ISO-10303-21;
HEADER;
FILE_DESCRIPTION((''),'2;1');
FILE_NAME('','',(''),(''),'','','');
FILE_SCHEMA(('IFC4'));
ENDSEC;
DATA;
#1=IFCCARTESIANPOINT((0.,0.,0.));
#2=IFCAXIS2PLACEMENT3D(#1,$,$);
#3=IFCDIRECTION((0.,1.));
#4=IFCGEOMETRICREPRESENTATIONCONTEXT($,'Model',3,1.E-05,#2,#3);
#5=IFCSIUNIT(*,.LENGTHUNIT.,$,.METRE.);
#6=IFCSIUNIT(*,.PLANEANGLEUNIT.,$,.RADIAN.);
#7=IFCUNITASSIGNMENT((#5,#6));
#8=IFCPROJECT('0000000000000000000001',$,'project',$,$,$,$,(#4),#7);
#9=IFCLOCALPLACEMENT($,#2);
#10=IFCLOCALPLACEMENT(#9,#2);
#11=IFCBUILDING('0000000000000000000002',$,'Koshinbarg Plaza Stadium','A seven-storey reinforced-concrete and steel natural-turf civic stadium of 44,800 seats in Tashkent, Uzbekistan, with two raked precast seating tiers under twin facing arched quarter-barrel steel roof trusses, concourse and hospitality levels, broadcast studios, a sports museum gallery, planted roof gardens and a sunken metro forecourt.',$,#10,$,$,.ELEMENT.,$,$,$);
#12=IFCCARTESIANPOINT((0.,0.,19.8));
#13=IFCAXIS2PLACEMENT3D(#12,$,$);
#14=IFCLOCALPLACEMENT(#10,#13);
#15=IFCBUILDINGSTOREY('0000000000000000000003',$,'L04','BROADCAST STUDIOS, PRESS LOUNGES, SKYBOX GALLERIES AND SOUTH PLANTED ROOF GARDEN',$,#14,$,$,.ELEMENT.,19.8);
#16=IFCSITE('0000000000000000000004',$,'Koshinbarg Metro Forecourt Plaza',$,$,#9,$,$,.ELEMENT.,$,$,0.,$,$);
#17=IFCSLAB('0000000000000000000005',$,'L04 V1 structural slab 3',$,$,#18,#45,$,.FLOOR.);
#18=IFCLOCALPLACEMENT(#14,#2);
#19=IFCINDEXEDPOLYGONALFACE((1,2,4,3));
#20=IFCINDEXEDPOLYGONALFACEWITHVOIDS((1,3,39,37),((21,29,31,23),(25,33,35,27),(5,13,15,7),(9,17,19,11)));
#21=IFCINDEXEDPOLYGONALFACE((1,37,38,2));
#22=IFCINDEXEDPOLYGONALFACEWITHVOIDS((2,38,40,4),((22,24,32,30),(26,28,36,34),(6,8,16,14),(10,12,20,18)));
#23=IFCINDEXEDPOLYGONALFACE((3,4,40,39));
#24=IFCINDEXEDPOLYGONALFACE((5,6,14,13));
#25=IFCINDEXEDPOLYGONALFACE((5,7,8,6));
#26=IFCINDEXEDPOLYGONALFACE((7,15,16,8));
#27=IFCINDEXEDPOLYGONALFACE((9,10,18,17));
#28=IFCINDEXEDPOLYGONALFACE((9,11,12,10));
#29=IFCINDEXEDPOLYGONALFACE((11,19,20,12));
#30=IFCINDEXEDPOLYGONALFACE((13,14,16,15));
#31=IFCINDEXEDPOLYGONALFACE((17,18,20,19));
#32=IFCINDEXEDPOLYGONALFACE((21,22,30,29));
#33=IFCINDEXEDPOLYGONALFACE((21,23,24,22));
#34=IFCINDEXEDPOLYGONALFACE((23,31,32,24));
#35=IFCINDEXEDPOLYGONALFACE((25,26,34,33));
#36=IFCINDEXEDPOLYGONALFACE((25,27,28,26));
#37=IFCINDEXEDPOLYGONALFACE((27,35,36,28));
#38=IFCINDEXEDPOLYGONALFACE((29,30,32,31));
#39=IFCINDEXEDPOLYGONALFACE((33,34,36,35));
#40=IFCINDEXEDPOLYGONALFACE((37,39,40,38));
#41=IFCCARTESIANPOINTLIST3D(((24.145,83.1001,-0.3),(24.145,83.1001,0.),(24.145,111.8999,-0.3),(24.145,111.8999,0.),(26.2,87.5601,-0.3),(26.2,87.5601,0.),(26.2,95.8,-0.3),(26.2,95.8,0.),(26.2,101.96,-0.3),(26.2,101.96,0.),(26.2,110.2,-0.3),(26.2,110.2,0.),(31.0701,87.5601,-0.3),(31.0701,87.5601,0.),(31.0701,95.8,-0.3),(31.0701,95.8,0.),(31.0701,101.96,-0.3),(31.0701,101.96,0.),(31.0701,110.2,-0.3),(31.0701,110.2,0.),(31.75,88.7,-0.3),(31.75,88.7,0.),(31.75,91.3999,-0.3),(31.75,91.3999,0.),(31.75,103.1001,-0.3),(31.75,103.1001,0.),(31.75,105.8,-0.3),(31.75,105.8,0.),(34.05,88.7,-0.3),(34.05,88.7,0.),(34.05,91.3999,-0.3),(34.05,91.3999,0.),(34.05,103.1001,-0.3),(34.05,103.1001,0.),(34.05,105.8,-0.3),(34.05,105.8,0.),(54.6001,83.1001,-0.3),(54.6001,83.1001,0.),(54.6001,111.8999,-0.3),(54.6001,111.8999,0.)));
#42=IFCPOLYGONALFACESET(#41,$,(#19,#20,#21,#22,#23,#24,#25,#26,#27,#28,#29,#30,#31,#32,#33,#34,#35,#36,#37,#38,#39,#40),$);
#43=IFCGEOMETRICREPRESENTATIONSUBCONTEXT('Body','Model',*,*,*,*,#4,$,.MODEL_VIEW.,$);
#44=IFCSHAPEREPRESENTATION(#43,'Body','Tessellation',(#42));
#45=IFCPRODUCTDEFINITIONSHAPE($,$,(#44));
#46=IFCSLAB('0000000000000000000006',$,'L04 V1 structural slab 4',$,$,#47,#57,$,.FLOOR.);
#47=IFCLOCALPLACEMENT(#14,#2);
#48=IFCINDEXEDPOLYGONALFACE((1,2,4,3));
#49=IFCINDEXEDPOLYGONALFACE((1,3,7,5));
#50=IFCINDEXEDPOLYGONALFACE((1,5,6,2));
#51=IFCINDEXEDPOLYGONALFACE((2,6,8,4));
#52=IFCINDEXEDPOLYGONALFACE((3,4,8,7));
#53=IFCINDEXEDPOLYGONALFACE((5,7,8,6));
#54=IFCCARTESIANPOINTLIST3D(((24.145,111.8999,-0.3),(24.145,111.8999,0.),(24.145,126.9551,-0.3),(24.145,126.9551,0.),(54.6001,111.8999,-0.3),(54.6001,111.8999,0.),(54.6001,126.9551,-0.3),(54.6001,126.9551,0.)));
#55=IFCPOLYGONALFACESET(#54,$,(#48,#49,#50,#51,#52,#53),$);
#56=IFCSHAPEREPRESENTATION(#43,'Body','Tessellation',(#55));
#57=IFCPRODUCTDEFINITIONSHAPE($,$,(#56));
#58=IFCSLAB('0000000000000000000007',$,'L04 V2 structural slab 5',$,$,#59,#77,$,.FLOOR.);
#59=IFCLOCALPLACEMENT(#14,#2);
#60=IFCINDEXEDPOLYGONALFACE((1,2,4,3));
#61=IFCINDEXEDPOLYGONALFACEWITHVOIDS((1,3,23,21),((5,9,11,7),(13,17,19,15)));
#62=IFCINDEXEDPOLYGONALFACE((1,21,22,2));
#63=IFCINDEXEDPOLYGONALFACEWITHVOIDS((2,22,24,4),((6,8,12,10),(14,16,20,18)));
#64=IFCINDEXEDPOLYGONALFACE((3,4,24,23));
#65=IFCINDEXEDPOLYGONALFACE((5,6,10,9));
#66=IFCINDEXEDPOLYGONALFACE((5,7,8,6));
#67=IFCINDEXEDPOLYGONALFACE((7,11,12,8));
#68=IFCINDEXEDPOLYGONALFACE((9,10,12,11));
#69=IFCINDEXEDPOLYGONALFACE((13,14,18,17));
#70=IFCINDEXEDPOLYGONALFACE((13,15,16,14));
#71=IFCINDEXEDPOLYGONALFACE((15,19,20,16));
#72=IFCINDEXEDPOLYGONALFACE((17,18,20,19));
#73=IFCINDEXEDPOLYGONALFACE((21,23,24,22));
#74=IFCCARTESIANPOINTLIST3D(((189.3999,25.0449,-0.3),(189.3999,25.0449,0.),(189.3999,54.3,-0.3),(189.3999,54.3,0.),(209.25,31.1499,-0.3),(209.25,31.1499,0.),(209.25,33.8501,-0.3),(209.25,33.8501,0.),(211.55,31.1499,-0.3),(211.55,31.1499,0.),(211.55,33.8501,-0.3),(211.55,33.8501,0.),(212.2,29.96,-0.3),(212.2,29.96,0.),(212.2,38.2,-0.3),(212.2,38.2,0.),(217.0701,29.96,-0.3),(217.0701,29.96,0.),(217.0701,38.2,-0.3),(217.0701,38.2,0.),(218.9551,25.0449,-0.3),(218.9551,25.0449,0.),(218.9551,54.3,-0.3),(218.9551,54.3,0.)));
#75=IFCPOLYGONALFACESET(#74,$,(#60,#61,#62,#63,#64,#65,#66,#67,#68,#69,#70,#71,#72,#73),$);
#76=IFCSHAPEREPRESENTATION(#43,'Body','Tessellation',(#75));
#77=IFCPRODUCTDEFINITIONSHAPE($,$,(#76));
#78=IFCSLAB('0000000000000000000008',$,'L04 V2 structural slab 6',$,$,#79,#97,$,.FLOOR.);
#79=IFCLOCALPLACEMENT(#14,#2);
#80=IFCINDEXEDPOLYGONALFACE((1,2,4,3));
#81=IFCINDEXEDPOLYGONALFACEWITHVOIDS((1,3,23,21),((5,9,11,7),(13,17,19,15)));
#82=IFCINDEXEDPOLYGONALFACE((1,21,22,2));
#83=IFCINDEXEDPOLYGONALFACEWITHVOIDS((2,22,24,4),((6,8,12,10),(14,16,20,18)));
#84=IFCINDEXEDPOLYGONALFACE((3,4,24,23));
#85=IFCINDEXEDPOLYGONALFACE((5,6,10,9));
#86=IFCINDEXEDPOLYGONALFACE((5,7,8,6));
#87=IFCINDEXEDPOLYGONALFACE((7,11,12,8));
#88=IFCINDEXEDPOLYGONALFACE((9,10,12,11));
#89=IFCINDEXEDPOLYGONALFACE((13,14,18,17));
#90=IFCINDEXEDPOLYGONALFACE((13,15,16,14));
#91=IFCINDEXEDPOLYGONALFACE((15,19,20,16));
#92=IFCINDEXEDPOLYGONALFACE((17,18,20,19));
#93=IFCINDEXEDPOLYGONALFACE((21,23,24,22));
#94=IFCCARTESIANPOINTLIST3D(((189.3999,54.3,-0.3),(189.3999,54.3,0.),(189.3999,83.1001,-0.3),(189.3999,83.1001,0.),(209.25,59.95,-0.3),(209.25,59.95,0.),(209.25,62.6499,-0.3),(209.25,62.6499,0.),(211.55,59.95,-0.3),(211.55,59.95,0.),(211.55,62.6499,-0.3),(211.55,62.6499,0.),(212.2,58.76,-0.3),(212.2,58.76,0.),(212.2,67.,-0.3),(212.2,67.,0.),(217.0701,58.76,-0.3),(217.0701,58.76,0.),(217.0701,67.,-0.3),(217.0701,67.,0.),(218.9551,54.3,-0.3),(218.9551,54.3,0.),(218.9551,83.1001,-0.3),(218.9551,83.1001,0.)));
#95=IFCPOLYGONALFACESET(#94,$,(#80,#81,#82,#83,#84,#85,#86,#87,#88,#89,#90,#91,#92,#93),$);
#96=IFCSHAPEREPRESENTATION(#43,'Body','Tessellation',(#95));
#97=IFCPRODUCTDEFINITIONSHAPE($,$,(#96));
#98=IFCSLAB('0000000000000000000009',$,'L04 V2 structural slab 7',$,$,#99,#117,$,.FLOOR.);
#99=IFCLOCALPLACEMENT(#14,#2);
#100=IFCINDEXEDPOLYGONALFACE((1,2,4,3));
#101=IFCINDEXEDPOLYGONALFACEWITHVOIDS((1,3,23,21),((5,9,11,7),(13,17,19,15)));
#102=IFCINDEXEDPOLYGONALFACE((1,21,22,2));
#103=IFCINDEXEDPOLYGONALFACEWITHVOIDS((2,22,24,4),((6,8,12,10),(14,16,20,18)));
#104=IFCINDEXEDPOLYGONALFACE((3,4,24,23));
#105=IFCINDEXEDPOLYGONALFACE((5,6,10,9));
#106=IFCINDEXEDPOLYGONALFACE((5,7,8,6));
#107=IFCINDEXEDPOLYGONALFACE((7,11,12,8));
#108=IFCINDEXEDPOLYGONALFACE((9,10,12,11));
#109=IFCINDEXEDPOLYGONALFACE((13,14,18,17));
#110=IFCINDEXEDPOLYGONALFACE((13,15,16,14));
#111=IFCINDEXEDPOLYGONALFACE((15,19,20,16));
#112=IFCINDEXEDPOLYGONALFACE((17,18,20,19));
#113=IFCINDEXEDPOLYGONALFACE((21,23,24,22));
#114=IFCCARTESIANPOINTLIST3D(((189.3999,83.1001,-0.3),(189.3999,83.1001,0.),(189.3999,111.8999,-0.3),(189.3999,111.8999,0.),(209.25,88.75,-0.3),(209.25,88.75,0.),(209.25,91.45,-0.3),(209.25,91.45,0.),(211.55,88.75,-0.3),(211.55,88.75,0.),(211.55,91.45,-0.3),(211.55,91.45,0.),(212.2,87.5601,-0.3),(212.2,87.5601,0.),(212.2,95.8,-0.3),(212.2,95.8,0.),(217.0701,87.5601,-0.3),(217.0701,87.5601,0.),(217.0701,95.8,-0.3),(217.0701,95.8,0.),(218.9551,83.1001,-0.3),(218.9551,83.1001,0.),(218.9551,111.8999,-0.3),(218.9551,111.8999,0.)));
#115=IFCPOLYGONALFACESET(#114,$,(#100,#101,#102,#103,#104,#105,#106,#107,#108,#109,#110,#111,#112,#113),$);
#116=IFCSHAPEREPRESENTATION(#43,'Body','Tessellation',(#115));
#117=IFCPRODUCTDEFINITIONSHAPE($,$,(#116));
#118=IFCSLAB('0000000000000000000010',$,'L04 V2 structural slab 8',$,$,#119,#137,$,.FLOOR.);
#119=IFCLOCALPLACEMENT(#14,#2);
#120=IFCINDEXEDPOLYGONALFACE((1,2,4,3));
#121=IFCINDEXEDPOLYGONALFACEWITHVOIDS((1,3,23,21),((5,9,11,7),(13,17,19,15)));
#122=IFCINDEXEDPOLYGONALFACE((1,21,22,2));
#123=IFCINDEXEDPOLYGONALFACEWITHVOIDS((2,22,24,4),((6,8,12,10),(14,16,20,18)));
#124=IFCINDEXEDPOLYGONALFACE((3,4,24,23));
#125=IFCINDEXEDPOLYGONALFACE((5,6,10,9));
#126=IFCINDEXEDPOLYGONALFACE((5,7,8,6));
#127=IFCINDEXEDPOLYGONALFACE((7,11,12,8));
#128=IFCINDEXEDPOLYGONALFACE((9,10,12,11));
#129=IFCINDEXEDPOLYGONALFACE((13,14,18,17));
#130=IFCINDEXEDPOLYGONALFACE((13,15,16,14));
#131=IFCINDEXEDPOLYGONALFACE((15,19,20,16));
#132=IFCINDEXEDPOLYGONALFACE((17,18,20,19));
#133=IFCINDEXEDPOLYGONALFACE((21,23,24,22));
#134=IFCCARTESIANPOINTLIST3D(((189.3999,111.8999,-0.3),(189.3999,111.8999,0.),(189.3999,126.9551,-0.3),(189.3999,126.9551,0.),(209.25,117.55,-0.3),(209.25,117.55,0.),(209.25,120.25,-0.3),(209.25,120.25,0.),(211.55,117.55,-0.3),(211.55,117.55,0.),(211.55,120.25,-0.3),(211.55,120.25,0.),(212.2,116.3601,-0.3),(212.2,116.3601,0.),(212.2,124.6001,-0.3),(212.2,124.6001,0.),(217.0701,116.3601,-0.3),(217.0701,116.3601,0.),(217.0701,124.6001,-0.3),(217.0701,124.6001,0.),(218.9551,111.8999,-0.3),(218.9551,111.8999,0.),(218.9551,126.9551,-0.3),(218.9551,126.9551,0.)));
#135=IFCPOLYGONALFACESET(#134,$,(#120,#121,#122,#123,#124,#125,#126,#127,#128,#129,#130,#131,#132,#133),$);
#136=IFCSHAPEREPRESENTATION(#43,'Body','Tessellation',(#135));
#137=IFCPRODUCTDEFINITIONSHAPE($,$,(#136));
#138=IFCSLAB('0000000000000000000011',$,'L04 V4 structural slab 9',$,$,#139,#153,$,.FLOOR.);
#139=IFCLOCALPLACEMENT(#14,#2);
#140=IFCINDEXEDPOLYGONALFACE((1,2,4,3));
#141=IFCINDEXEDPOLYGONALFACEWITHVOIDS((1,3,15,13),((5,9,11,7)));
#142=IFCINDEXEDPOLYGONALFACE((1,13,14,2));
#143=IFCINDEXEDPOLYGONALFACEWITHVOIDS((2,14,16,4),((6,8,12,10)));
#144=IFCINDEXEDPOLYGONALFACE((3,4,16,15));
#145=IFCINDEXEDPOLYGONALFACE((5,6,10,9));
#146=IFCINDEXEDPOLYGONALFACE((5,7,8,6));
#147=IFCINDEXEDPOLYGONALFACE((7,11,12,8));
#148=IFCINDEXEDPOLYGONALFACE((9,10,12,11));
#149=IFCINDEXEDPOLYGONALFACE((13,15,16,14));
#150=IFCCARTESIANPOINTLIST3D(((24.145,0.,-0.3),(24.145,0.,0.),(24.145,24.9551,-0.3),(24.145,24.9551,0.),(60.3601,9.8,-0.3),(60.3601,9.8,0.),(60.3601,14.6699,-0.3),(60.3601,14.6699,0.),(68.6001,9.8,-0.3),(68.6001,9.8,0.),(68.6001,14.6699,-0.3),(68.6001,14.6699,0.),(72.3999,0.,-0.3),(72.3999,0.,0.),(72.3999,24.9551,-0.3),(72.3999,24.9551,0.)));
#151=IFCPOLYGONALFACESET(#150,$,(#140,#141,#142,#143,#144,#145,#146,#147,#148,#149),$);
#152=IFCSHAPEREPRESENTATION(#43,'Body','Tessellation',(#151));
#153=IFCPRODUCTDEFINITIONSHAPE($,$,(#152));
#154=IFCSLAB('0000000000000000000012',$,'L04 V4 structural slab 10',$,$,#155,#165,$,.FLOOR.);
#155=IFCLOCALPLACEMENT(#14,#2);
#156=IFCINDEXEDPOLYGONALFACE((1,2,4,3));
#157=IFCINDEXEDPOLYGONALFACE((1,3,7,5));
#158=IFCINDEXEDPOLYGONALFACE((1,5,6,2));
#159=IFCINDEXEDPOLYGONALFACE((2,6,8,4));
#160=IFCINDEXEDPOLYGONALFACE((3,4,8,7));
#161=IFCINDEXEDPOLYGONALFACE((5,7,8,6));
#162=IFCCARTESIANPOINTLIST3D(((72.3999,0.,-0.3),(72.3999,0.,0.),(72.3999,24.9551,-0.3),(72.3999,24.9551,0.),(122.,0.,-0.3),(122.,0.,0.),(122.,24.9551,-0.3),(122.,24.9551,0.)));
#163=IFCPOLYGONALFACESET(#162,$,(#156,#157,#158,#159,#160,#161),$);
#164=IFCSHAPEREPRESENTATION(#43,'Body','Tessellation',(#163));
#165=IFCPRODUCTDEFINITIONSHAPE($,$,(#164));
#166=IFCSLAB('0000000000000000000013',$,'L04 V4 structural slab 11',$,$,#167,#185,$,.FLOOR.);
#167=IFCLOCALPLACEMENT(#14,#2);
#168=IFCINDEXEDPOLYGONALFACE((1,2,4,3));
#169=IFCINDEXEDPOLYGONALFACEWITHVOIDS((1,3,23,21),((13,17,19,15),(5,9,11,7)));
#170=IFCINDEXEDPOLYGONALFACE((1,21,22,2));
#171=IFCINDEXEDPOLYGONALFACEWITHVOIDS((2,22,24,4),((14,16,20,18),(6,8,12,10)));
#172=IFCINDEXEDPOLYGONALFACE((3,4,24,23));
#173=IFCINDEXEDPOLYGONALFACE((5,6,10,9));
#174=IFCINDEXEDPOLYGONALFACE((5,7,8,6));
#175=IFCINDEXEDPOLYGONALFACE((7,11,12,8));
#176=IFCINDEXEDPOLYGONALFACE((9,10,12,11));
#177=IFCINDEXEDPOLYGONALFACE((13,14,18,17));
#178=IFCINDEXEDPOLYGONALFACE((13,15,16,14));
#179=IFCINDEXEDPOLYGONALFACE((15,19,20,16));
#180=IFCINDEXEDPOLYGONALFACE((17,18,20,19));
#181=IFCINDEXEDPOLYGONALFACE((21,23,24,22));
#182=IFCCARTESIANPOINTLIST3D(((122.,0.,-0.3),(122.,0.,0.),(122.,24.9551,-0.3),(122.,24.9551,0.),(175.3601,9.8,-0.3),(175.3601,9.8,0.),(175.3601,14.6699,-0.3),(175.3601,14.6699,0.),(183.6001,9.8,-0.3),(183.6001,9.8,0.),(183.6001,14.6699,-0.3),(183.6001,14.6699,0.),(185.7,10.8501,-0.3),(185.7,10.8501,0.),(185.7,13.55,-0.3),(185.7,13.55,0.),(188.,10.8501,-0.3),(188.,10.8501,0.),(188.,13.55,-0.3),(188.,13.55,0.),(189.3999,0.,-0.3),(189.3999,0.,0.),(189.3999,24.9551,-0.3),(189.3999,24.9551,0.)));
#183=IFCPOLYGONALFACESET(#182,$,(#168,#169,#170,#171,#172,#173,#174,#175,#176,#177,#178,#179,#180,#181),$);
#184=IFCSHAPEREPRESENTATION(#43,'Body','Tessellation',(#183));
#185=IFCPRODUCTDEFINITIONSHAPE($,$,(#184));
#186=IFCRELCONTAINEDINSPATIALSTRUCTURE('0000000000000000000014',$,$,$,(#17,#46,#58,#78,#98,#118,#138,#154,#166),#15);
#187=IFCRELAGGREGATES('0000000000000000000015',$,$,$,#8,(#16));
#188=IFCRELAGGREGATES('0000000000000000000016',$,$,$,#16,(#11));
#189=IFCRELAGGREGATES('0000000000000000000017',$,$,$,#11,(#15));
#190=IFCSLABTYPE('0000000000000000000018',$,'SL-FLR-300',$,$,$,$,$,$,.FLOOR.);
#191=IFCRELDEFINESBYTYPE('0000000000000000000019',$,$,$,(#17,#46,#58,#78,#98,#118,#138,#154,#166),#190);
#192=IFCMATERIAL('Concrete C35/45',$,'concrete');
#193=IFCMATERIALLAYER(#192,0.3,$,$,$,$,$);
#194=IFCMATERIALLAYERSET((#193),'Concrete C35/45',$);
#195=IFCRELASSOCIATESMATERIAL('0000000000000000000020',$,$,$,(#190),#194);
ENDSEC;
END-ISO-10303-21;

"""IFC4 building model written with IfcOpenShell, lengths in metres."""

from ifc_helpers import new_model, si_unit, direction, frame, origin, place, context, subcontext, project, spatial, polyline, outline, extrude, material, layer, layer_set, type_object, element, save


model = new_model("IFC4")

# Units and contexts
model_context = context("Model", 3, precision=1e-05, world=origin(), true_north=direction((0.0, 1.0)))
body_context = subcontext(model_context, "Body", "Model", "MODEL_VIEW")
ifc_project = project(units=[si_unit("LENGTHUNIT", "METRE"), si_unit("PLANEANGLEUNIT", "RADIAN")], contexts=[model_context])

# Site, building, storey
site_placement = place(None, origin())
site = spatial("IfcSite", under=ifc_project, at=site_placement, Name="Koshinbarg Metro Forecourt Plaza", CompositionType="ELEMENT", RefElevation=0.0)
building_placement = place(site_placement, origin())
building = spatial("IfcBuilding", under=site, at=building_placement, Name="Koshinbarg Plaza Stadium", Description="A seven-storey reinforced-concrete and steel natural-turf civic stadium of 44,800 seats in Tashkent, Uzbekistan, with two raked precast seating tiers under twin facing arched quarter-barrel steel roof trusses, concourse and hospitality levels, broadcast studios, a sports museum gallery, planted roof gardens and a sunken metro forecourt.", CompositionType="ELEMENT")
storey_placement = place(building_placement, frame((0.0, 0.0, 19.8)))
storey = spatial("IfcBuildingStorey", under=building, at=storey_placement, Name="L04", Description="BROADCAST STUDIOS, PRESS LOUNGES, SKYBOX GALLERIES AND SOUTH PLANTED ROOF GARDEN", CompositionType="ELEMENT", Elevation=19.8)

# Shared definitions
ifc_material_1 = material(Name="Concrete C35/45", Category="concrete")

# Slabs
ifc_layer_1 = layer(ifc_material_1, 0.3)
ifc_layer_set_1 = layer_set([ifc_layer_1], Name="Concrete C35/45")
slab_type_1 = type_object("IfcSlabType", Name="SL-FLR-300", PredefinedType="FLOOR", material=ifc_layer_set_1)
slab_1_placement = place(storey_placement, frame((0.0, 0.0, -0.3)))
element("IfcSlab", 1, at=slab_1_placement, inside=storey, type_object=slab_type_1, Name="L04 V1 structural slab 3", PredefinedType="FLOOR", context=body_context, shape_type="SweptSolid", body=[
    extrude(outline(polyline([(24.145, 83.1001), (54.6001, 83.1001), (54.6001, 111.8999), (24.145, 111.8999), (24.145, 83.1001)]), holes=[polyline([(31.0701, 87.5601), (31.0701, 95.8), (26.2, 95.8), (26.2, 87.5601), (31.0701, 87.5601)]), polyline([(31.75, 88.7), (34.05, 88.7), (34.05, 91.3999), (31.75, 91.3999), (31.75, 88.7)]), polyline([(31.0701, 101.96), (31.0701, 110.2), (26.2, 110.2), (26.2, 101.96), (31.0701, 101.96)]), polyline([(31.75, 103.1001), (34.05, 103.1001), (34.05, 105.8), (31.75, 105.8), (31.75, 103.1001)])]), origin(), (0.0, 0.0, 1.0), 0.3),
])
slab_2_placement = place(storey_placement, frame((0.0, 0.0, -0.3)))
element("IfcSlab", 2, at=slab_2_placement, inside=storey, type_object=slab_type_1, Name="L04 V1 structural slab 4", PredefinedType="FLOOR", context=body_context, shape_type="SweptSolid", body=[
    extrude(outline(polyline([(24.145, 111.8999), (54.6001, 111.8999), (54.6001, 126.9551), (24.145, 126.9551), (24.145, 111.8999)])), origin(), (0.0, 0.0, 1.0), 0.3),
])
slab_3_placement = place(storey_placement, frame((0.0, 0.0, -0.3)))
element("IfcSlab", 3, at=slab_3_placement, inside=storey, type_object=slab_type_1, Name="L04 V2 structural slab 5", PredefinedType="FLOOR", context=body_context, shape_type="SweptSolid", body=[
    extrude(outline(polyline([(189.3999, 25.0449), (218.9551, 25.0449), (218.9551, 54.3), (189.3999, 54.3), (189.3999, 25.0449)]), holes=[polyline([(217.0701, 29.96), (217.0701, 38.2), (212.2, 38.2), (212.2, 29.96), (217.0701, 29.96)]), polyline([(209.25, 31.1499), (211.55, 31.1499), (211.55, 33.8501), (209.25, 33.8501), (209.25, 31.1499)])]), origin(), (0.0, 0.0, 1.0), 0.3),
])
slab_4_placement = place(storey_placement, frame((0.0, 0.0, -0.3)))
element("IfcSlab", 4, at=slab_4_placement, inside=storey, type_object=slab_type_1, Name="L04 V2 structural slab 6", PredefinedType="FLOOR", context=body_context, shape_type="SweptSolid", body=[
    extrude(outline(polyline([(189.3999, 54.3), (218.9551, 54.3), (218.9551, 83.1001), (189.3999, 83.1001), (189.3999, 54.3)]), holes=[polyline([(217.0701, 58.76), (217.0701, 67.0), (212.2, 67.0), (212.2, 58.76), (217.0701, 58.76)]), polyline([(209.25, 59.95), (211.55, 59.95), (211.55, 62.6499), (209.25, 62.6499), (209.25, 59.95)])]), origin(), (0.0, 0.0, 1.0), 0.3),
])
slab_5_placement = place(storey_placement, frame((0.0, 0.0, -0.3)))
element("IfcSlab", 5, at=slab_5_placement, inside=storey, type_object=slab_type_1, Name="L04 V2 structural slab 7", PredefinedType="FLOOR", context=body_context, shape_type="SweptSolid", body=[
    extrude(outline(polyline([(189.3999, 83.1001), (218.9551, 83.1001), (218.9551, 111.8999), (189.3999, 111.8999), (189.3999, 83.1001)]), holes=[polyline([(217.0701, 87.5601), (217.0701, 95.8), (212.2, 95.8), (212.2, 87.5601), (217.0701, 87.5601)]), polyline([(209.25, 88.75), (211.55, 88.75), (211.55, 91.45), (209.25, 91.45), (209.25, 88.75)])]), origin(), (0.0, 0.0, 1.0), 0.3),
])
slab_6_placement = place(storey_placement, frame((0.0, 0.0, -0.3)))
element("IfcSlab", 6, at=slab_6_placement, inside=storey, type_object=slab_type_1, Name="L04 V2 structural slab 8", PredefinedType="FLOOR", context=body_context, shape_type="SweptSolid", body=[
    extrude(outline(polyline([(189.3999, 111.8999), (218.9551, 111.8999), (218.9551, 126.9551), (189.3999, 126.9551), (189.3999, 111.8999)]), holes=[polyline([(217.0701, 116.3601), (217.0701, 124.6001), (212.2, 124.6001), (212.2, 116.3601), (217.0701, 116.3601)]), polyline([(209.25, 117.55), (211.55, 117.55), (211.55, 120.25), (209.25, 120.25), (209.25, 117.55)])]), origin(), (0.0, 0.0, 1.0), 0.3),
])
slab_7_placement = place(storey_placement, frame((0.0, 0.0, -0.3)))
element("IfcSlab", 7, at=slab_7_placement, inside=storey, type_object=slab_type_1, Name="L04 V4 structural slab 9", PredefinedType="FLOOR", context=body_context, shape_type="SweptSolid", body=[
    extrude(outline(polyline([(24.145, 0.0), (72.3999, 0.0), (72.3999, 24.9551), (24.145, 24.9551), (24.145, 0.0)]), holes=[polyline([(60.3601, 9.8), (68.6001, 9.8), (68.6001, 14.6699), (60.3601, 14.6699), (60.3601, 9.8)])]), origin(), (0.0, 0.0, 1.0), 0.3),
])
slab_8_placement = place(storey_placement, frame((0.0, 0.0, -0.3)))
element("IfcSlab", 8, at=slab_8_placement, inside=storey, type_object=slab_type_1, Name="L04 V4 structural slab 10", PredefinedType="FLOOR", context=body_context, shape_type="SweptSolid", body=[
    extrude(outline(polyline([(72.3999, 0.0), (122.0, 0.0), (122.0, 24.9551), (72.3999, 24.9551), (72.3999, 0.0)])), origin(), (0.0, 0.0, 1.0), 0.3),
])
slab_9_placement = place(storey_placement, frame((0.0, 0.0, -0.3)))
element("IfcSlab", 9, at=slab_9_placement, inside=storey, type_object=slab_type_1, Name="L04 V4 structural slab 11", PredefinedType="FLOOR", context=body_context, shape_type="SweptSolid", body=[
    extrude(outline(polyline([(122.0, 0.0), (189.3999, 0.0), (189.3999, 24.9551), (122.0, 24.9551), (122.0, 0.0)]), holes=[polyline([(175.3601, 9.8), (183.6001, 9.8), (183.6001, 14.6699), (175.3601, 14.6699), (175.3601, 9.8)]), polyline([(185.7, 10.8501), (188.0, 10.8501), (188.0, 13.55), (185.7, 13.55), (185.7, 10.8501)])]), origin(), (0.0, 0.0, 1.0), 0.3),
])

save(model, "model.ifc")
